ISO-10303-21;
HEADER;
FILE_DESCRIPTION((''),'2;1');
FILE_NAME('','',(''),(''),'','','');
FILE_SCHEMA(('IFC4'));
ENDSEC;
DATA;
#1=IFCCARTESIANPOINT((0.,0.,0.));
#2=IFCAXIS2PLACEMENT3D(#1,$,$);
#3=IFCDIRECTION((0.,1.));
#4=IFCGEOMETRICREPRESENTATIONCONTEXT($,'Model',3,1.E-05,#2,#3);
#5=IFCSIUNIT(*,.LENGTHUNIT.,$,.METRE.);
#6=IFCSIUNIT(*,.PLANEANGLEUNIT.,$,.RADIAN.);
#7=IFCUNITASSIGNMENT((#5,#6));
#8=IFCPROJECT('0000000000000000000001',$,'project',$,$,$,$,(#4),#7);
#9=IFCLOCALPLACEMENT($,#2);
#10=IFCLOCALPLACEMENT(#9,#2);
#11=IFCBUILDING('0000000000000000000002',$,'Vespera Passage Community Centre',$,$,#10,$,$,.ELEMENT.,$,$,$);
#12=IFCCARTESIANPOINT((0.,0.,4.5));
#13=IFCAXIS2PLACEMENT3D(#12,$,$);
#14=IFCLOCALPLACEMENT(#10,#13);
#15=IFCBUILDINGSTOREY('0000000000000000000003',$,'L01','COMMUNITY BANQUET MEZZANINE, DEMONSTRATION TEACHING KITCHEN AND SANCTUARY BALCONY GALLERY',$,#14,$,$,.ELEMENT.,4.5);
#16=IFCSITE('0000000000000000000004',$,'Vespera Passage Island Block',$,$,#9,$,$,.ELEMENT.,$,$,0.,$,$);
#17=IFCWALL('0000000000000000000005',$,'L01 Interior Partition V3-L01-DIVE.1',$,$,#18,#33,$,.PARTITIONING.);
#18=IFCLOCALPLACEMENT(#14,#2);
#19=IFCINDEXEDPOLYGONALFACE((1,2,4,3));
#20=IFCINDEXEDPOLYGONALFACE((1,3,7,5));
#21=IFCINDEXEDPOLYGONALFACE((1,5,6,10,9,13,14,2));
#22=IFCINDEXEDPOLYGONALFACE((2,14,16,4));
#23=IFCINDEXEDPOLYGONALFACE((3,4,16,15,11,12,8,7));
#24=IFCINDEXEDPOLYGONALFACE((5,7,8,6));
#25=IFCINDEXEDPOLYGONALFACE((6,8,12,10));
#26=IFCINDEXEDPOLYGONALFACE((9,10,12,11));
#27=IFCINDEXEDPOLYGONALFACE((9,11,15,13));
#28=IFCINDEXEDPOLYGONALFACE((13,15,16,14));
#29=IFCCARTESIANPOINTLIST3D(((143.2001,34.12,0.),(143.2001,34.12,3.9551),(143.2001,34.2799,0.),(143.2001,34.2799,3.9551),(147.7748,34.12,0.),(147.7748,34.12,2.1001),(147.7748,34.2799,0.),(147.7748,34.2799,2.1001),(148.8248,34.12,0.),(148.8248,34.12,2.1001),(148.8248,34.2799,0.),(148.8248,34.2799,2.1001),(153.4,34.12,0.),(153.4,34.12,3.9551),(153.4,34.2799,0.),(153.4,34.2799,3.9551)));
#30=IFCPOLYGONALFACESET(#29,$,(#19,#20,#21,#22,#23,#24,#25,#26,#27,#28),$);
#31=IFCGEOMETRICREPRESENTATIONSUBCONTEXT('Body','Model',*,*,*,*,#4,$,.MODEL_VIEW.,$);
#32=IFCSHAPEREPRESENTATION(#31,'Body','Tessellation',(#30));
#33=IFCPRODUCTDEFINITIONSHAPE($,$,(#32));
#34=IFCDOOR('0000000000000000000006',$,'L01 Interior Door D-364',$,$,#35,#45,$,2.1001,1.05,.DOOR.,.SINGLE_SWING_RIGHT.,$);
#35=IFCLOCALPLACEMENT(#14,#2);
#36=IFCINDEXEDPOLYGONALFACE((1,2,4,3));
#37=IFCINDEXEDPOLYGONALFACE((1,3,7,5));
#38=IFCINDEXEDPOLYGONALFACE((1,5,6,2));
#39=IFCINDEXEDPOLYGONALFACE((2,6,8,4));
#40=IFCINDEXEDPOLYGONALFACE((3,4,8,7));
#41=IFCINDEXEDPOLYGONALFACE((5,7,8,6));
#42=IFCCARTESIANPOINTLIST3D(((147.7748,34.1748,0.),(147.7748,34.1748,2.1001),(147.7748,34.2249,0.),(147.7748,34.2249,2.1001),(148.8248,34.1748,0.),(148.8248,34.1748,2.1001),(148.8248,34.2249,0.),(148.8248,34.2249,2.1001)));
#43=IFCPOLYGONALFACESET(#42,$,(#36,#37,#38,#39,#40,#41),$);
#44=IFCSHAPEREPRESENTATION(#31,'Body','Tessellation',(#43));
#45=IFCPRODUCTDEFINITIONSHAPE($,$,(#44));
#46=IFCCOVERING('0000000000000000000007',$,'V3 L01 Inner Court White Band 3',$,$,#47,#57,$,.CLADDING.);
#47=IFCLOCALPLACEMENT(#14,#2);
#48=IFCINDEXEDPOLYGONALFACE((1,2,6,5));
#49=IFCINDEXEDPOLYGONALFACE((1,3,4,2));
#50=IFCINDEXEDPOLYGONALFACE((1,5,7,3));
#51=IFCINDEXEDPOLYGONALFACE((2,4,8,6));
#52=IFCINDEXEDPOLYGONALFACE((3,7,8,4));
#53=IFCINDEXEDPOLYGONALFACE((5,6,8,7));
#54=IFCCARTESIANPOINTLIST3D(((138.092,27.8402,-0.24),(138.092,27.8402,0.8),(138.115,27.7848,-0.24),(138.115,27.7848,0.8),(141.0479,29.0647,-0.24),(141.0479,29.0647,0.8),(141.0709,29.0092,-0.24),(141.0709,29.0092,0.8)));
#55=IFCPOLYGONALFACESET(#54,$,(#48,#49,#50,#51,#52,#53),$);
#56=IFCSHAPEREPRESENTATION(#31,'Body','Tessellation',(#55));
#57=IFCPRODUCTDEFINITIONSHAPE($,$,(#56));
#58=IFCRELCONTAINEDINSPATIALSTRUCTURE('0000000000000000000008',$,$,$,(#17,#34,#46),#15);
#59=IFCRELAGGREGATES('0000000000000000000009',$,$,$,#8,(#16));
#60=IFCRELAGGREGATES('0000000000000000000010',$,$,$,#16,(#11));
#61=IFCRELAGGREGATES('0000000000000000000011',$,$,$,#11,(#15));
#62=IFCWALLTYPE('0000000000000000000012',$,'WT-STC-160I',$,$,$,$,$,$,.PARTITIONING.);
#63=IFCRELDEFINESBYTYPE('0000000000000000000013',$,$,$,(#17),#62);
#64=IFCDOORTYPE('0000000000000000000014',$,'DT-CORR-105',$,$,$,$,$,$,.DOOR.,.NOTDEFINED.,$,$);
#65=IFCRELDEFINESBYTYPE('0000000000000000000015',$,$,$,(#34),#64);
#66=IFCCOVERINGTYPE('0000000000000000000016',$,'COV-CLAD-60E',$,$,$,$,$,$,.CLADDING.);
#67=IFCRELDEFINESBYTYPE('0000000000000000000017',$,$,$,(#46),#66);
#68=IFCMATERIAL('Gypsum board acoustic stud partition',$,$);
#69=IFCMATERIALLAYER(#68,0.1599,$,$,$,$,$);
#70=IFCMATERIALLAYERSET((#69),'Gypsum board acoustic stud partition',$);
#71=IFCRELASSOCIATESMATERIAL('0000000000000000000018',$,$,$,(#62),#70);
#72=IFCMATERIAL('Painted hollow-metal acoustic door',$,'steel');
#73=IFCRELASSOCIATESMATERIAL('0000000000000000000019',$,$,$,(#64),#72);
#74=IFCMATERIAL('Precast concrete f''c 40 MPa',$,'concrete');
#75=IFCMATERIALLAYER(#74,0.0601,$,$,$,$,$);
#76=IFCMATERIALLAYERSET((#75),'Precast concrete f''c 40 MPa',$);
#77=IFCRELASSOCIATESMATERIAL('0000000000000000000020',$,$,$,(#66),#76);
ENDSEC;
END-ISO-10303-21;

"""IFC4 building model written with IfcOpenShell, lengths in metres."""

from ifc_helpers import new_model, si_unit, direction, frame, frame_2d, origin, place, context, subcontext, project, spatial, rectangle, extrude, material, layer, layer_set, type_object, element, fill, save


model = new_model("IFC4")

# Units and contexts
model_context = context("Model", 3, precision=1e-05, world=origin(), true_north=direction((0.0, 1.0)))
body_context = subcontext(model_context, "Body", "Model", "MODEL_VIEW")
ifc_project = project(units=[si_unit("LENGTHUNIT", "METRE"), si_unit("PLANEANGLEUNIT", "RADIAN")], contexts=[model_context])

# Site, building, storey
site_placement = place(None, origin())
site = spatial("IfcSite", under=ifc_project, at=site_placement, Name="Vespera Passage Island Block", CompositionType="ELEMENT", RefElevation=0.0)
building_placement = place(site_placement, origin())
building = spatial("IfcBuilding", under=site, at=building_placement, Name="Vespera Passage Community Centre", CompositionType="ELEMENT")
storey_placement = place(building_placement, frame((0.0, 0.0, 4.5)))
storey = spatial("IfcBuildingStorey", under=building, at=storey_placement, Name="L01", Description="COMMUNITY BANQUET MEZZANINE, DEMONSTRATION TEACHING KITCHEN AND SANCTUARY BALCONY GALLERY", CompositionType="ELEMENT", Elevation=4.5)

# Wall, opening, door
ifc_material_1 = material(Name="Gypsum board acoustic stud partition")
ifc_layer_1 = layer(ifc_material_1, 0.1599)
ifc_layer_set_1 = layer_set([ifc_layer_1], Name="Gypsum board acoustic stud partition")
wall_type_1 = type_object("IfcWallType", Name="WT-STC-160I", PredefinedType="PARTITIONING", material=ifc_layer_set_1)
wall_placement = place(storey_placement, frame((143.2, 34.2, 0.0), z_axis=(0.0, 0.0, 1.0), x_axis=(1.0, 0.0, 0.0)))
wall = element("IfcWall", 1, at=wall_placement, inside=storey, type_object=wall_type_1, Name="L01 Interior Partition V3-L01-DIVE.1", PredefinedType="PARTITIONING", context=body_context, shape_type="SweptSolid", body=[
    extrude(rectangle(XDim=10.2, YDim=0.1599, at=frame_2d((5.1001, 0.0))), origin(), (0.0, 0.0, 1.0), 3.9551),
])
opening_placement = place(wall_placement, frame((4.575, 0.0, 0.0)))
opening = element("IfcOpeningElement", 2, at=opening_placement, cuts=wall, PredefinedType="OPENING", context=body_context, shape_type="SweptSolid", body=[
    extrude(rectangle(XDim=1.05, YDim=2.1001, at=frame_2d((0.5249, 1.05))), frame((0.0, 0.0901, 0.0), z_axis=(0.0, -1.0, 0.0), x_axis=(1.0, 0.0, 0.0)), (0.0, 0.0, 1.0), 0.1799),
])
ifc_material_2 = material(Name="Painted hollow-metal acoustic door", Category="steel")
door_type = type_object("IfcDoorType", Name="DT-CORR-105", OperationType="NOTDEFINED", PredefinedType="DOOR", material=ifc_material_2)
door_placement = place(opening_placement, origin())
door = element("IfcDoor", 3, at=door_placement, inside=storey, type_object=door_type, Name="L01 Interior Door D-364", OperationType="SINGLE_SWING_RIGHT", OverallHeight=2.1001, OverallWidth=1.05, PredefinedType="DOOR", context=body_context, shape_type="SweptSolid", body=[
    extrude(rectangle(XDim=1.05, YDim=2.1001, at=frame_2d((0.5249, 1.05))), frame((0.0, 0.0249, 0.0), z_axis=(0.0, -1.0, 0.0), x_axis=(1.0, 0.0, 0.0)), (0.0, 0.0, 1.0), 0.05),
])
fill(opening, door)

# Covering
ifc_material_3 = material(Name="Precast concrete f'c 40 MPa", Category="concrete")
ifc_layer_2 = layer(ifc_material_3, 0.0601)
ifc_layer_set_2 = layer_set([ifc_layer_2], Name="Precast concrete f'c 40 MPa")
covering_type = type_object("IfcCoveringType", Name="COV-CLAD-60E", PredefinedType="CLADDING", material=ifc_layer_set_2)
covering_placement = place(storey_placement, frame((141.0593, 29.0369, -0.24), z_axis=(0.0, 0.0, 1.0), x_axis=(-0.923876, -0.382691, 0.0)))
element("IfcCovering", 4, at=covering_placement, inside=storey, type_object=covering_type, Name="V3 L01 Inner Court White Band 3", PredefinedType="CLADDING", context=body_context, shape_type="SweptSolid", body=[
    extrude(rectangle(XDim=3.1995, YDim=0.0601, at=frame_2d((1.5996, 0.0))), origin(), (0.0, 0.0, 1.0), 1.04),
])

save(model, "model.ifc")
